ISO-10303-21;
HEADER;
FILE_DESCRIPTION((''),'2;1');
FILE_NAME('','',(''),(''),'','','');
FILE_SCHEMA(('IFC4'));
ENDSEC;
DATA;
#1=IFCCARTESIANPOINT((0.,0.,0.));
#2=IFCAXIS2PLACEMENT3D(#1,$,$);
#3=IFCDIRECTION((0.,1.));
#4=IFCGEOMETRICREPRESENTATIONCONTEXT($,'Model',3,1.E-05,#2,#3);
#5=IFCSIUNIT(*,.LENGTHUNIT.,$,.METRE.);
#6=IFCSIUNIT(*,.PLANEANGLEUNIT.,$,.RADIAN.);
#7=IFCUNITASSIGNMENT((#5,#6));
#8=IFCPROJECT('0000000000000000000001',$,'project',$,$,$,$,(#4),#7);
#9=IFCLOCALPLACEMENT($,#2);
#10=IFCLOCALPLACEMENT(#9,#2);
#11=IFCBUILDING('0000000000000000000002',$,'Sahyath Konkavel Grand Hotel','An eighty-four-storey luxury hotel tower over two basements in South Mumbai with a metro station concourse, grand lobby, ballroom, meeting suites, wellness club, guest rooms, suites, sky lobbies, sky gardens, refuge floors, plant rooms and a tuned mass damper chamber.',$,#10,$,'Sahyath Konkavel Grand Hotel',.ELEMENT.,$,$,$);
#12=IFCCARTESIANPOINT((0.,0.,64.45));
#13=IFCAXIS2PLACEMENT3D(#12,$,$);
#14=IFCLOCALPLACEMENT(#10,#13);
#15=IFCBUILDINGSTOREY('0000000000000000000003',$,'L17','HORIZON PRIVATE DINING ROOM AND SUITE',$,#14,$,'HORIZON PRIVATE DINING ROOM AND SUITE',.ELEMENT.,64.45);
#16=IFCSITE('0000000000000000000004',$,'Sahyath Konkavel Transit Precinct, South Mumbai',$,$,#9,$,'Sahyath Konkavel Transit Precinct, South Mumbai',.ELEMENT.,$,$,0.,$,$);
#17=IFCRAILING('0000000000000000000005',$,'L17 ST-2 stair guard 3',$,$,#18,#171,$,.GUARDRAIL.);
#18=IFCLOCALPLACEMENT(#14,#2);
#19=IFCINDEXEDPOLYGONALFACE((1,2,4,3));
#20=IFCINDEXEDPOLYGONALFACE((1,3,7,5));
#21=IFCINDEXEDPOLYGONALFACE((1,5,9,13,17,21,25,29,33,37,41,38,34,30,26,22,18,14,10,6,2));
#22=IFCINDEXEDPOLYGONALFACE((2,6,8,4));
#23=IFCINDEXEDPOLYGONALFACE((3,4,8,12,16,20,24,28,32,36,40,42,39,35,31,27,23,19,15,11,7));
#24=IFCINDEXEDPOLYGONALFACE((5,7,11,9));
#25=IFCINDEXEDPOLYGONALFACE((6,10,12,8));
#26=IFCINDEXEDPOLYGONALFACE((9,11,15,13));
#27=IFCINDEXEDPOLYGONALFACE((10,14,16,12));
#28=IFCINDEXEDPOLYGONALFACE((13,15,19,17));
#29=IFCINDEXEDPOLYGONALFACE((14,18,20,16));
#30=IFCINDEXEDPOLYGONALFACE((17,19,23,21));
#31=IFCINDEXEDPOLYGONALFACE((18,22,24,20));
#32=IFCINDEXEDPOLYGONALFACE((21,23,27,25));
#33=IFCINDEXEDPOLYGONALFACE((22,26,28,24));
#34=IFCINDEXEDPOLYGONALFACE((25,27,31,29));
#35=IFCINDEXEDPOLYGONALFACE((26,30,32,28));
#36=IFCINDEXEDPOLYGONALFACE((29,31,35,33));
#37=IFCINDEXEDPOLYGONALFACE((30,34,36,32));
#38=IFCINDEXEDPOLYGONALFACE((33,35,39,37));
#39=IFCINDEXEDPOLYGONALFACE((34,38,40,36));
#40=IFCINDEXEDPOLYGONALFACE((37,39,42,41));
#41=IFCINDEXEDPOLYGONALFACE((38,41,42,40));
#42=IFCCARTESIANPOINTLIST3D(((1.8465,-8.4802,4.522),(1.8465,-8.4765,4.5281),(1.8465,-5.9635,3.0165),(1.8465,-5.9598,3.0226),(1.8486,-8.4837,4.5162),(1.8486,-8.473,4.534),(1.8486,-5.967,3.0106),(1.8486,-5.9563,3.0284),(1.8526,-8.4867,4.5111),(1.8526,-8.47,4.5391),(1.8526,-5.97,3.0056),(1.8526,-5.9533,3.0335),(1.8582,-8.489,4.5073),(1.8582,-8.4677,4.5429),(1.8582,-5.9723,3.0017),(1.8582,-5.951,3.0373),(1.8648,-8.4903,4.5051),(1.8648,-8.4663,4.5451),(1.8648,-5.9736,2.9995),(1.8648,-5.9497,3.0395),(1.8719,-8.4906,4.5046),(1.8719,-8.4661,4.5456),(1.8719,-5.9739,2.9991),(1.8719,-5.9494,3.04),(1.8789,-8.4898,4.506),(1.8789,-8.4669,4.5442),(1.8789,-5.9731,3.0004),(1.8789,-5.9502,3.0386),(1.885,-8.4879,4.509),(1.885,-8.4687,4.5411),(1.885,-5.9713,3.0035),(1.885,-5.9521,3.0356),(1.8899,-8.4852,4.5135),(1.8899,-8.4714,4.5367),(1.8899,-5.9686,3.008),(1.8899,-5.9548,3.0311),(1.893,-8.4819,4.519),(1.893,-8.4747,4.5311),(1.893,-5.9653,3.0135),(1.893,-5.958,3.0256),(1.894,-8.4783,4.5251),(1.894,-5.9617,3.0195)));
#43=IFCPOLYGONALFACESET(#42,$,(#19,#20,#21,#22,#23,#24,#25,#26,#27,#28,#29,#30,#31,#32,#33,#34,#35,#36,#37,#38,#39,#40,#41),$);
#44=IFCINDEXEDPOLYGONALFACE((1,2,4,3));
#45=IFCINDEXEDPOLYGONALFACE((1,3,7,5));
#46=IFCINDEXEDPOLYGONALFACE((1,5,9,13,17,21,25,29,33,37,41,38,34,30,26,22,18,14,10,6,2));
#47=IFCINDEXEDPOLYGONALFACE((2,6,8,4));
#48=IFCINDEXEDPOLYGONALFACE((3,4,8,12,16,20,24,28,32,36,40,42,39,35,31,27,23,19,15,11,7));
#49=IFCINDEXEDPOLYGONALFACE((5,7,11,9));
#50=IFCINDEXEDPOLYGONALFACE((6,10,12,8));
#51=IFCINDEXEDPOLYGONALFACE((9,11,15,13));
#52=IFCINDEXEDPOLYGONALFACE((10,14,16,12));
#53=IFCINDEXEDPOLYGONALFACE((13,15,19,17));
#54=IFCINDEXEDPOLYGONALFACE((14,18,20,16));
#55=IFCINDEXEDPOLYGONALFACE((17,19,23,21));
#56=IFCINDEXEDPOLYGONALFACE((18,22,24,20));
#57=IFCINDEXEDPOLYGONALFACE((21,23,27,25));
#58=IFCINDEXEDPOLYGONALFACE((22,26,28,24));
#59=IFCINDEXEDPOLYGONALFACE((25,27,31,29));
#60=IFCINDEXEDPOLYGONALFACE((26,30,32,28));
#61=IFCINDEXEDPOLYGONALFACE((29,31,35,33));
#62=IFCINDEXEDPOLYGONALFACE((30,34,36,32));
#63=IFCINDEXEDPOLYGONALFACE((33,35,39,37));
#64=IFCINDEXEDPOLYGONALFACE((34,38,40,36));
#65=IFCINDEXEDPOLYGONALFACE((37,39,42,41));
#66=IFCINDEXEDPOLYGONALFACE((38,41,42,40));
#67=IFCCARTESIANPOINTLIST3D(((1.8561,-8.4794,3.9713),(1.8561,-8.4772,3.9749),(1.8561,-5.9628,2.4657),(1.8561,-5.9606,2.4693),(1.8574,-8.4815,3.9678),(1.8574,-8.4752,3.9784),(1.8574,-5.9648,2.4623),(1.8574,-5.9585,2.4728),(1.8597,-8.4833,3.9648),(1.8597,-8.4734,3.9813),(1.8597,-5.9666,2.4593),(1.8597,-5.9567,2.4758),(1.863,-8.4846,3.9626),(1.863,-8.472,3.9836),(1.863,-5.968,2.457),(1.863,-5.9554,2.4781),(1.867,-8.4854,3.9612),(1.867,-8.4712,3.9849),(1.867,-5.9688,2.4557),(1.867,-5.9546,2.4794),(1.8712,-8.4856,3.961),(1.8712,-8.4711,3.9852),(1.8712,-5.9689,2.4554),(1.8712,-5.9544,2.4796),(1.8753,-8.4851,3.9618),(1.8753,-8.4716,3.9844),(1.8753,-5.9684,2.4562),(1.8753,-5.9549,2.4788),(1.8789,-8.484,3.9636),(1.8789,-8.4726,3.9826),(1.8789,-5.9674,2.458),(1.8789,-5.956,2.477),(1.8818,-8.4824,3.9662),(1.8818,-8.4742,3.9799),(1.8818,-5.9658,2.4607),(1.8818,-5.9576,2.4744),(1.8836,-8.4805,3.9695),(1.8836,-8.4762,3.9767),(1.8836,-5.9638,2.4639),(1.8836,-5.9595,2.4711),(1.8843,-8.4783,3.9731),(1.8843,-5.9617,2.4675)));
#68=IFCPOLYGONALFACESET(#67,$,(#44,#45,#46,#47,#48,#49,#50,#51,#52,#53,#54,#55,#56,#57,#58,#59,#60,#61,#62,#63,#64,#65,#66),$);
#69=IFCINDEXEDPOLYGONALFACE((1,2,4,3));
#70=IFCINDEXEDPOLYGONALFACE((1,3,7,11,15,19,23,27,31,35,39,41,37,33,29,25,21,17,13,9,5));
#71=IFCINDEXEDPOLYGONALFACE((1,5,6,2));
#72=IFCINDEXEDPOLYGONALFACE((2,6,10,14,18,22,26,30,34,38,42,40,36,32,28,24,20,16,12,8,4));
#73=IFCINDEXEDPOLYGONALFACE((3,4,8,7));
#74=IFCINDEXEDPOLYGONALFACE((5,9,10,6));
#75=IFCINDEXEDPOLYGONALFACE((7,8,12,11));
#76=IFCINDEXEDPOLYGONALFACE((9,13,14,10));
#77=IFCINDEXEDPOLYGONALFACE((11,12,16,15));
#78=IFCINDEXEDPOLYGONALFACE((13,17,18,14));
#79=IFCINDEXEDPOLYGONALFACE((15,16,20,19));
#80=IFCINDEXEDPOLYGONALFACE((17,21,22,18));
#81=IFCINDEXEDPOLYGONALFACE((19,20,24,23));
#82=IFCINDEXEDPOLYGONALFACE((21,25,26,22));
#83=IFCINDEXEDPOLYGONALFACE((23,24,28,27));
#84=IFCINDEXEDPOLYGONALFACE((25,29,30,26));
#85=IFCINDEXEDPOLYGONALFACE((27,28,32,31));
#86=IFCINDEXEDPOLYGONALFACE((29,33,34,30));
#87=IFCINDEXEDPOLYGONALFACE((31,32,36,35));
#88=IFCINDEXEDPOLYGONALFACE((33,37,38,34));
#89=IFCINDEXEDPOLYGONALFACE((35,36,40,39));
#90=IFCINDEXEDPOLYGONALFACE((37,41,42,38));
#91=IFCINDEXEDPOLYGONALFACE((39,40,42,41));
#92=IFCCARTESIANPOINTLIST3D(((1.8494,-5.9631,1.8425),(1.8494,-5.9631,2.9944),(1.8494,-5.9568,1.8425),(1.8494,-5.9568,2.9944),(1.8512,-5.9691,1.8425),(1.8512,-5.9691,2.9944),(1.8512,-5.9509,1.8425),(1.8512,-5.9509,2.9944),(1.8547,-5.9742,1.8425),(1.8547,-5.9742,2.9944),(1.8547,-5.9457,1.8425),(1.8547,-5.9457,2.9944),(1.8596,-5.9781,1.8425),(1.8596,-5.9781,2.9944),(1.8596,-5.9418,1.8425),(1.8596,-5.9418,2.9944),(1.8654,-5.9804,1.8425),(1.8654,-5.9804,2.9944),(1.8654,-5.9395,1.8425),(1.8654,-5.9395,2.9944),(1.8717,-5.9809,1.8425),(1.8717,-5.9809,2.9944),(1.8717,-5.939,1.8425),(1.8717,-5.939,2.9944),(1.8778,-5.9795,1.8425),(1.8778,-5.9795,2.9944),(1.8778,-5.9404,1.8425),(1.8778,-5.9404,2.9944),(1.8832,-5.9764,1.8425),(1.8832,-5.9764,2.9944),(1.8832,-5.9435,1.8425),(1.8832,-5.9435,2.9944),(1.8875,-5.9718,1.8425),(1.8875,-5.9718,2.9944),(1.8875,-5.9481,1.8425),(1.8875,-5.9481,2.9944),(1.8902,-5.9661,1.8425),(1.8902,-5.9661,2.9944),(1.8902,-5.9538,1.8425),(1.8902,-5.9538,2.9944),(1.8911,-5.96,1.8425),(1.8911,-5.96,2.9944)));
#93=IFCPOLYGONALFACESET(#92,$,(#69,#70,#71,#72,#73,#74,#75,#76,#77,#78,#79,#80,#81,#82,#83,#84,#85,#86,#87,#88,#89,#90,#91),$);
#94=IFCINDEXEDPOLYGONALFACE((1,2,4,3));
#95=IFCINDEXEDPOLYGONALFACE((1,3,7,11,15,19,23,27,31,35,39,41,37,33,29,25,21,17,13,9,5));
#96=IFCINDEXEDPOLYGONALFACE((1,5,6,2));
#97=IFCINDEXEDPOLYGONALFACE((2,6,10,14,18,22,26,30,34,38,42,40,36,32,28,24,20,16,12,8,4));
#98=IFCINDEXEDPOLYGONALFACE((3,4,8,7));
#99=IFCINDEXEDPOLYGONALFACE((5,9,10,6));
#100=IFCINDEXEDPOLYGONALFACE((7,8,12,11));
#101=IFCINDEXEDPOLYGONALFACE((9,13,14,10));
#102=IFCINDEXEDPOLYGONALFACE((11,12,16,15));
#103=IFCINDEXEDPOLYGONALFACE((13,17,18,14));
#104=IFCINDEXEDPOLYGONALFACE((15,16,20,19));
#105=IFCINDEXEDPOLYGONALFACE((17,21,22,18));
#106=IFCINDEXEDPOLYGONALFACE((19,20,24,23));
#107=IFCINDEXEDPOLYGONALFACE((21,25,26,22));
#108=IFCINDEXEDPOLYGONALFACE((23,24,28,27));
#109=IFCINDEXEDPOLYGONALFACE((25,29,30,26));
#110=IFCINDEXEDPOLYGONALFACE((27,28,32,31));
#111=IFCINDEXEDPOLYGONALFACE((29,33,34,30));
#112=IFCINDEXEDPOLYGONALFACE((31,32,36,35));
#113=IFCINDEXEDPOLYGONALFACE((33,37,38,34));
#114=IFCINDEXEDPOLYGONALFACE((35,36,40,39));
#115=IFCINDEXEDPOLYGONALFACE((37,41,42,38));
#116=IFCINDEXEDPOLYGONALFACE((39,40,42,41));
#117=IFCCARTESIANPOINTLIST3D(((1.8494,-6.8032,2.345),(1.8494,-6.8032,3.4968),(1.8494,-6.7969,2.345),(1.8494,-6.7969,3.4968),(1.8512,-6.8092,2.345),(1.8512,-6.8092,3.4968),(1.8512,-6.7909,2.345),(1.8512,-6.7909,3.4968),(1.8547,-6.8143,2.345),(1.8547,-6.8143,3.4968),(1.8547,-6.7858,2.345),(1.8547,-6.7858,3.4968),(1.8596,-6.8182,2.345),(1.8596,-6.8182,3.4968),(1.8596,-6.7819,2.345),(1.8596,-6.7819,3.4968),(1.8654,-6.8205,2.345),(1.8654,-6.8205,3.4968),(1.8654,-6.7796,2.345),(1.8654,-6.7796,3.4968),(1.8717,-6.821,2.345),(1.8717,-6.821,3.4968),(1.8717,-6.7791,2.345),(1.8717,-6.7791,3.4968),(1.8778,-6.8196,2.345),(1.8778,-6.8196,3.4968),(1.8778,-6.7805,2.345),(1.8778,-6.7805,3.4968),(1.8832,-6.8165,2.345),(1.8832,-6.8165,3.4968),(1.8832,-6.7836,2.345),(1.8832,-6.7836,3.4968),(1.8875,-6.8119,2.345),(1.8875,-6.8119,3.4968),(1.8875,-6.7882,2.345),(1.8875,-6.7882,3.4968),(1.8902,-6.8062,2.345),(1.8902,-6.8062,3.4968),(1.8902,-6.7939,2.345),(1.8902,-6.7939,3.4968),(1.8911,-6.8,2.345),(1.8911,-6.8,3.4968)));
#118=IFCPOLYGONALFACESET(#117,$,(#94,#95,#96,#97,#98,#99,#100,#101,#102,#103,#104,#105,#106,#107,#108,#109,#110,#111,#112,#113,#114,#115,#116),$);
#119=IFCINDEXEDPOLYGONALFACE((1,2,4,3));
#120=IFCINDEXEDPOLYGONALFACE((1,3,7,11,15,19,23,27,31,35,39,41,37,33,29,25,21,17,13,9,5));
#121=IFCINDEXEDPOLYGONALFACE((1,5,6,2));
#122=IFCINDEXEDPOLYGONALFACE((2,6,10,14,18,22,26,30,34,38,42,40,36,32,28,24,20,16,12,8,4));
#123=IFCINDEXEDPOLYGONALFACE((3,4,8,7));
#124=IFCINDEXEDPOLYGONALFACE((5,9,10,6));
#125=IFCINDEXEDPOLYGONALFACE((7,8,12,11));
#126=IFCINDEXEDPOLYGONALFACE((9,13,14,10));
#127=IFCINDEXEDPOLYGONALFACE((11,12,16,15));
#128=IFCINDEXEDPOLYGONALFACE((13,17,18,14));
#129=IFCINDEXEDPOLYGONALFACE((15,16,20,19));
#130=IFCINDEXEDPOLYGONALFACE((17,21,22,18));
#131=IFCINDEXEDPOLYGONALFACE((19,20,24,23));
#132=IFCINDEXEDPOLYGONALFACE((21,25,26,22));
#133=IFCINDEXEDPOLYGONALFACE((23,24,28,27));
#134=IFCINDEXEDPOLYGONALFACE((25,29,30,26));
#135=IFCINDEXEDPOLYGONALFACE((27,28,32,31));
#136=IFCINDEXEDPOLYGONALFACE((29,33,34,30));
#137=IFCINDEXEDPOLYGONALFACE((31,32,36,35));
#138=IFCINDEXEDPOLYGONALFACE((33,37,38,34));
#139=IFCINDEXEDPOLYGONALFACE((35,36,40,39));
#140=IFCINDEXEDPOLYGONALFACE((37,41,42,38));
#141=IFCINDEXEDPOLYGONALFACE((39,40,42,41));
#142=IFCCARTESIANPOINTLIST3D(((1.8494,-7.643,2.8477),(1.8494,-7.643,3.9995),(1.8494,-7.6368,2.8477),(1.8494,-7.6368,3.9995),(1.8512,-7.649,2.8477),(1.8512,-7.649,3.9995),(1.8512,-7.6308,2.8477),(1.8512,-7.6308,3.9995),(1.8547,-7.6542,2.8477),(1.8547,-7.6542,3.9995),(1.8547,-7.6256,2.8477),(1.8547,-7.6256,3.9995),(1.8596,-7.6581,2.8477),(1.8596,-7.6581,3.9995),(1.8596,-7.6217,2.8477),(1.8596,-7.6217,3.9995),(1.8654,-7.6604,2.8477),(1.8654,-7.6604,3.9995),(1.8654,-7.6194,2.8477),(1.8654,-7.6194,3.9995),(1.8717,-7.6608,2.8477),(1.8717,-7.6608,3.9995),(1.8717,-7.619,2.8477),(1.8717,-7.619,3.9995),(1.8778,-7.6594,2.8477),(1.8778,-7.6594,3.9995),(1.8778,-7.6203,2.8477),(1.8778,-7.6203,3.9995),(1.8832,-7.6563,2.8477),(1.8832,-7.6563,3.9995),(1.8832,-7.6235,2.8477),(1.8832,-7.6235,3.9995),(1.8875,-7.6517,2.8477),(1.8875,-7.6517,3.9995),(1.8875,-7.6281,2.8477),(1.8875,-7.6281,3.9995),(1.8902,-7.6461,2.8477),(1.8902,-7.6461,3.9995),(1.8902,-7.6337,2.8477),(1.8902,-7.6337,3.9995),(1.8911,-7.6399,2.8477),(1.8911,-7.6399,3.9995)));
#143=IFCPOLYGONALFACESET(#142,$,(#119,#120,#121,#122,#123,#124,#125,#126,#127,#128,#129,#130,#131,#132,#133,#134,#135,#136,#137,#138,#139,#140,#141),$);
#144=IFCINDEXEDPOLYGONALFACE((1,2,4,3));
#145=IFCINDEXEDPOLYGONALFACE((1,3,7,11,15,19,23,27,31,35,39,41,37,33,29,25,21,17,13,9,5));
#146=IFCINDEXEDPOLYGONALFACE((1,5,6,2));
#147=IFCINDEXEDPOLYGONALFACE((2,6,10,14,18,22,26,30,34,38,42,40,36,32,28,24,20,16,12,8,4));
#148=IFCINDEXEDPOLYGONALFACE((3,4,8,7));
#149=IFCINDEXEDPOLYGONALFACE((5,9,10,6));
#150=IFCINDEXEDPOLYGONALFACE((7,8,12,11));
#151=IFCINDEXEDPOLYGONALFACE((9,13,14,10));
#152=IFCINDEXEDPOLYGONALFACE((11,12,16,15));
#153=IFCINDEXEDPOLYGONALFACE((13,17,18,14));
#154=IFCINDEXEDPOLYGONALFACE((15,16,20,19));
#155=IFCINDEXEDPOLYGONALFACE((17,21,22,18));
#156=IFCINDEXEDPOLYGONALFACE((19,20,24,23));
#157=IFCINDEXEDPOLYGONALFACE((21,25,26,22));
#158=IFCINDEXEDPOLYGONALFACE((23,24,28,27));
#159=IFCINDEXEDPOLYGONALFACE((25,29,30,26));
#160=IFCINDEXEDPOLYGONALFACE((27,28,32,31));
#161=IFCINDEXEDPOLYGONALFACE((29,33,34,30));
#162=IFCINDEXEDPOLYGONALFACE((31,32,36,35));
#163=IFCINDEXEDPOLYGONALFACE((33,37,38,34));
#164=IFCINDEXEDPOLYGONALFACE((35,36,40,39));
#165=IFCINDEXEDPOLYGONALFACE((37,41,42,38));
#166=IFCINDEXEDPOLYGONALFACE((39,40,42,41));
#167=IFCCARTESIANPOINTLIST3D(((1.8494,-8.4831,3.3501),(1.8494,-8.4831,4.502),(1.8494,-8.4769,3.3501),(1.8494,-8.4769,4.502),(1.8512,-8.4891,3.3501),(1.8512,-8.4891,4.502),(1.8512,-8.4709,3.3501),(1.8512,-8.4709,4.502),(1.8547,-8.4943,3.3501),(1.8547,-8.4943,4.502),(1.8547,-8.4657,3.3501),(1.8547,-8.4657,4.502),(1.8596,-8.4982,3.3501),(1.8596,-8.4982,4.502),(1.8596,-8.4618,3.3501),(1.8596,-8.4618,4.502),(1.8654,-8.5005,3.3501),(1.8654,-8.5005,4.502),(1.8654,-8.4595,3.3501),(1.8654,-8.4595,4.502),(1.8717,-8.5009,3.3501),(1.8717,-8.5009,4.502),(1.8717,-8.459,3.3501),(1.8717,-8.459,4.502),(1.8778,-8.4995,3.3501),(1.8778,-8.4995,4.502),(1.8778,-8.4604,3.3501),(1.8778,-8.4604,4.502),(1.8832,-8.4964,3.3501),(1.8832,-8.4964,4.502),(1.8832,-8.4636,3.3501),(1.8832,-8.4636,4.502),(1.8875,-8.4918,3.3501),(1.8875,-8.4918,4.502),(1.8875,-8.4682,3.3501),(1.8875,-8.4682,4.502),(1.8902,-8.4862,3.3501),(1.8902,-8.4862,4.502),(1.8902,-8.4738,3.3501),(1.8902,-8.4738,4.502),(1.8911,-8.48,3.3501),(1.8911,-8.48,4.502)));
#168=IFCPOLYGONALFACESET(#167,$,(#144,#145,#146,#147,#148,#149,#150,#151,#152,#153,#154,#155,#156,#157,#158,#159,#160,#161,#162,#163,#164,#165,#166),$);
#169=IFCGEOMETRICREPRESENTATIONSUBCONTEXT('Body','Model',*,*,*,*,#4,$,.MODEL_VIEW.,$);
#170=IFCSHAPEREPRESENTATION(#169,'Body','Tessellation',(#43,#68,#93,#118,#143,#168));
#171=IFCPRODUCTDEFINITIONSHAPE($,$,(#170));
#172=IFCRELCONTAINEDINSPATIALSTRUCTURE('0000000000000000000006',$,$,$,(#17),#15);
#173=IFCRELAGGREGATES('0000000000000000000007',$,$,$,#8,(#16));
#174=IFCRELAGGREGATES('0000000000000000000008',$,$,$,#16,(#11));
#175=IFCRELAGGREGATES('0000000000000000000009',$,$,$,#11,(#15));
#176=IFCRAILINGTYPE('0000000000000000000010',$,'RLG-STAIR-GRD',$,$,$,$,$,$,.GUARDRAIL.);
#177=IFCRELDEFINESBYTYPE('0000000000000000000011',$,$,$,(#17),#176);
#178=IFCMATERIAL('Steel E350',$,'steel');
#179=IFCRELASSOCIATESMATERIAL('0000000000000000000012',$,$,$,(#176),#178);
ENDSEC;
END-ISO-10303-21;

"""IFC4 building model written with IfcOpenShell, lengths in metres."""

from ifc_helpers import new_model, si_unit, direction, frame, origin, origin_2d, place, context, subcontext, project, spatial, circle, extrude, material, type_object, element, save


model = new_model("IFC4")

# Units and contexts
model_context = context("Model", 3, precision=1e-05, world=origin(), true_north=direction((0.0, 1.0)))
body_context = subcontext(model_context, "Body", "Model", "MODEL_VIEW")
ifc_project = project(units=[si_unit("LENGTHUNIT", "METRE"), si_unit("PLANEANGLEUNIT", "RADIAN")], contexts=[model_context])

# Site, building, storey
site_placement = place(None, origin())
site = spatial("IfcSite", under=ifc_project, at=site_placement, Name="Sahyath Konkavel Transit Precinct, South Mumbai", LongName="Sahyath Konkavel Transit Precinct, South Mumbai", CompositionType="ELEMENT", RefElevation=0.0)
building_placement = place(site_placement, origin())
building = spatial("IfcBuilding", under=site, at=building_placement, Name="Sahyath Konkavel Grand Hotel", Description="An eighty-four-storey luxury hotel tower over two basements in South Mumbai with a metro station concourse, grand lobby, ballroom, meeting suites, wellness club, guest rooms, suites, sky lobbies, sky gardens, refuge floors, plant rooms and a tuned mass damper chamber.", LongName="Sahyath Konkavel Grand Hotel", CompositionType="ELEMENT")
storey_placement = place(building_placement, frame((0.0, 0.0, 64.45)))
storey = spatial("IfcBuildingStorey", under=building, at=storey_placement, Name="L17", Description="HORIZON PRIVATE DINING ROOM AND SUITE", LongName="HORIZON PRIVATE DINING ROOM AND SUITE", CompositionType="ELEMENT", Elevation=64.45)

# Shared definitions
ifc_material_1 = material(Name="Steel E350", Category="steel")

# Railing
railing_type_1 = type_object("IfcRailingType", Name="RLG-STAIR-GRD", PredefinedType="GUARDRAIL", material=ifc_material_1)
railing_1_placement = place(storey_placement, frame((1.8701, -5.96, 1.8425)))
element("IfcRailing", 1, at=railing_1_placement, inside=storey, type_object=railing_type_1, Name="L17 ST-2 stair guard 3", PredefinedType="GUARDRAIL", context=body_context, shape_type="SweptSolid", body=[
    extrude(circle(Radius=0.0239, at=origin_2d()), frame((0.0, -0.0017, 1.177), z_axis=(0.0, -0.85816, 0.513383), x_axis=(1.0, 0.0, 0.0)), (0.0, 0.0, 1.0), 2.9326),
    extrude(circle(Radius=0.0142, at=origin_2d()), frame((0.0, -0.0017, 0.625), z_axis=(0.0, -0.85816, 0.513383), x_axis=(1.0, 0.0, 0.0)), (0.0, 0.0, 1.0), 2.9326),
    extrude(circle(Radius=0.021, at=origin_2d()), origin(), (0.0, 0.0, 1.0), 1.1519),
    extrude(circle(Radius=0.021, at=origin_2d()), frame((0.0, -0.8401, 0.5024)), (0.0, 0.0, 1.0), 1.1519),
    extrude(circle(Radius=0.021, at=origin_2d()), frame((0.0, -1.6799, 1.0051)), (0.0, 0.0, 1.0), 1.1519),
    extrude(circle(Radius=0.021, at=origin_2d()), frame((0.0, -2.52, 1.5076)), (0.0, 0.0, 1.0), 1.1519),
])

save(model, "model.ifc")
